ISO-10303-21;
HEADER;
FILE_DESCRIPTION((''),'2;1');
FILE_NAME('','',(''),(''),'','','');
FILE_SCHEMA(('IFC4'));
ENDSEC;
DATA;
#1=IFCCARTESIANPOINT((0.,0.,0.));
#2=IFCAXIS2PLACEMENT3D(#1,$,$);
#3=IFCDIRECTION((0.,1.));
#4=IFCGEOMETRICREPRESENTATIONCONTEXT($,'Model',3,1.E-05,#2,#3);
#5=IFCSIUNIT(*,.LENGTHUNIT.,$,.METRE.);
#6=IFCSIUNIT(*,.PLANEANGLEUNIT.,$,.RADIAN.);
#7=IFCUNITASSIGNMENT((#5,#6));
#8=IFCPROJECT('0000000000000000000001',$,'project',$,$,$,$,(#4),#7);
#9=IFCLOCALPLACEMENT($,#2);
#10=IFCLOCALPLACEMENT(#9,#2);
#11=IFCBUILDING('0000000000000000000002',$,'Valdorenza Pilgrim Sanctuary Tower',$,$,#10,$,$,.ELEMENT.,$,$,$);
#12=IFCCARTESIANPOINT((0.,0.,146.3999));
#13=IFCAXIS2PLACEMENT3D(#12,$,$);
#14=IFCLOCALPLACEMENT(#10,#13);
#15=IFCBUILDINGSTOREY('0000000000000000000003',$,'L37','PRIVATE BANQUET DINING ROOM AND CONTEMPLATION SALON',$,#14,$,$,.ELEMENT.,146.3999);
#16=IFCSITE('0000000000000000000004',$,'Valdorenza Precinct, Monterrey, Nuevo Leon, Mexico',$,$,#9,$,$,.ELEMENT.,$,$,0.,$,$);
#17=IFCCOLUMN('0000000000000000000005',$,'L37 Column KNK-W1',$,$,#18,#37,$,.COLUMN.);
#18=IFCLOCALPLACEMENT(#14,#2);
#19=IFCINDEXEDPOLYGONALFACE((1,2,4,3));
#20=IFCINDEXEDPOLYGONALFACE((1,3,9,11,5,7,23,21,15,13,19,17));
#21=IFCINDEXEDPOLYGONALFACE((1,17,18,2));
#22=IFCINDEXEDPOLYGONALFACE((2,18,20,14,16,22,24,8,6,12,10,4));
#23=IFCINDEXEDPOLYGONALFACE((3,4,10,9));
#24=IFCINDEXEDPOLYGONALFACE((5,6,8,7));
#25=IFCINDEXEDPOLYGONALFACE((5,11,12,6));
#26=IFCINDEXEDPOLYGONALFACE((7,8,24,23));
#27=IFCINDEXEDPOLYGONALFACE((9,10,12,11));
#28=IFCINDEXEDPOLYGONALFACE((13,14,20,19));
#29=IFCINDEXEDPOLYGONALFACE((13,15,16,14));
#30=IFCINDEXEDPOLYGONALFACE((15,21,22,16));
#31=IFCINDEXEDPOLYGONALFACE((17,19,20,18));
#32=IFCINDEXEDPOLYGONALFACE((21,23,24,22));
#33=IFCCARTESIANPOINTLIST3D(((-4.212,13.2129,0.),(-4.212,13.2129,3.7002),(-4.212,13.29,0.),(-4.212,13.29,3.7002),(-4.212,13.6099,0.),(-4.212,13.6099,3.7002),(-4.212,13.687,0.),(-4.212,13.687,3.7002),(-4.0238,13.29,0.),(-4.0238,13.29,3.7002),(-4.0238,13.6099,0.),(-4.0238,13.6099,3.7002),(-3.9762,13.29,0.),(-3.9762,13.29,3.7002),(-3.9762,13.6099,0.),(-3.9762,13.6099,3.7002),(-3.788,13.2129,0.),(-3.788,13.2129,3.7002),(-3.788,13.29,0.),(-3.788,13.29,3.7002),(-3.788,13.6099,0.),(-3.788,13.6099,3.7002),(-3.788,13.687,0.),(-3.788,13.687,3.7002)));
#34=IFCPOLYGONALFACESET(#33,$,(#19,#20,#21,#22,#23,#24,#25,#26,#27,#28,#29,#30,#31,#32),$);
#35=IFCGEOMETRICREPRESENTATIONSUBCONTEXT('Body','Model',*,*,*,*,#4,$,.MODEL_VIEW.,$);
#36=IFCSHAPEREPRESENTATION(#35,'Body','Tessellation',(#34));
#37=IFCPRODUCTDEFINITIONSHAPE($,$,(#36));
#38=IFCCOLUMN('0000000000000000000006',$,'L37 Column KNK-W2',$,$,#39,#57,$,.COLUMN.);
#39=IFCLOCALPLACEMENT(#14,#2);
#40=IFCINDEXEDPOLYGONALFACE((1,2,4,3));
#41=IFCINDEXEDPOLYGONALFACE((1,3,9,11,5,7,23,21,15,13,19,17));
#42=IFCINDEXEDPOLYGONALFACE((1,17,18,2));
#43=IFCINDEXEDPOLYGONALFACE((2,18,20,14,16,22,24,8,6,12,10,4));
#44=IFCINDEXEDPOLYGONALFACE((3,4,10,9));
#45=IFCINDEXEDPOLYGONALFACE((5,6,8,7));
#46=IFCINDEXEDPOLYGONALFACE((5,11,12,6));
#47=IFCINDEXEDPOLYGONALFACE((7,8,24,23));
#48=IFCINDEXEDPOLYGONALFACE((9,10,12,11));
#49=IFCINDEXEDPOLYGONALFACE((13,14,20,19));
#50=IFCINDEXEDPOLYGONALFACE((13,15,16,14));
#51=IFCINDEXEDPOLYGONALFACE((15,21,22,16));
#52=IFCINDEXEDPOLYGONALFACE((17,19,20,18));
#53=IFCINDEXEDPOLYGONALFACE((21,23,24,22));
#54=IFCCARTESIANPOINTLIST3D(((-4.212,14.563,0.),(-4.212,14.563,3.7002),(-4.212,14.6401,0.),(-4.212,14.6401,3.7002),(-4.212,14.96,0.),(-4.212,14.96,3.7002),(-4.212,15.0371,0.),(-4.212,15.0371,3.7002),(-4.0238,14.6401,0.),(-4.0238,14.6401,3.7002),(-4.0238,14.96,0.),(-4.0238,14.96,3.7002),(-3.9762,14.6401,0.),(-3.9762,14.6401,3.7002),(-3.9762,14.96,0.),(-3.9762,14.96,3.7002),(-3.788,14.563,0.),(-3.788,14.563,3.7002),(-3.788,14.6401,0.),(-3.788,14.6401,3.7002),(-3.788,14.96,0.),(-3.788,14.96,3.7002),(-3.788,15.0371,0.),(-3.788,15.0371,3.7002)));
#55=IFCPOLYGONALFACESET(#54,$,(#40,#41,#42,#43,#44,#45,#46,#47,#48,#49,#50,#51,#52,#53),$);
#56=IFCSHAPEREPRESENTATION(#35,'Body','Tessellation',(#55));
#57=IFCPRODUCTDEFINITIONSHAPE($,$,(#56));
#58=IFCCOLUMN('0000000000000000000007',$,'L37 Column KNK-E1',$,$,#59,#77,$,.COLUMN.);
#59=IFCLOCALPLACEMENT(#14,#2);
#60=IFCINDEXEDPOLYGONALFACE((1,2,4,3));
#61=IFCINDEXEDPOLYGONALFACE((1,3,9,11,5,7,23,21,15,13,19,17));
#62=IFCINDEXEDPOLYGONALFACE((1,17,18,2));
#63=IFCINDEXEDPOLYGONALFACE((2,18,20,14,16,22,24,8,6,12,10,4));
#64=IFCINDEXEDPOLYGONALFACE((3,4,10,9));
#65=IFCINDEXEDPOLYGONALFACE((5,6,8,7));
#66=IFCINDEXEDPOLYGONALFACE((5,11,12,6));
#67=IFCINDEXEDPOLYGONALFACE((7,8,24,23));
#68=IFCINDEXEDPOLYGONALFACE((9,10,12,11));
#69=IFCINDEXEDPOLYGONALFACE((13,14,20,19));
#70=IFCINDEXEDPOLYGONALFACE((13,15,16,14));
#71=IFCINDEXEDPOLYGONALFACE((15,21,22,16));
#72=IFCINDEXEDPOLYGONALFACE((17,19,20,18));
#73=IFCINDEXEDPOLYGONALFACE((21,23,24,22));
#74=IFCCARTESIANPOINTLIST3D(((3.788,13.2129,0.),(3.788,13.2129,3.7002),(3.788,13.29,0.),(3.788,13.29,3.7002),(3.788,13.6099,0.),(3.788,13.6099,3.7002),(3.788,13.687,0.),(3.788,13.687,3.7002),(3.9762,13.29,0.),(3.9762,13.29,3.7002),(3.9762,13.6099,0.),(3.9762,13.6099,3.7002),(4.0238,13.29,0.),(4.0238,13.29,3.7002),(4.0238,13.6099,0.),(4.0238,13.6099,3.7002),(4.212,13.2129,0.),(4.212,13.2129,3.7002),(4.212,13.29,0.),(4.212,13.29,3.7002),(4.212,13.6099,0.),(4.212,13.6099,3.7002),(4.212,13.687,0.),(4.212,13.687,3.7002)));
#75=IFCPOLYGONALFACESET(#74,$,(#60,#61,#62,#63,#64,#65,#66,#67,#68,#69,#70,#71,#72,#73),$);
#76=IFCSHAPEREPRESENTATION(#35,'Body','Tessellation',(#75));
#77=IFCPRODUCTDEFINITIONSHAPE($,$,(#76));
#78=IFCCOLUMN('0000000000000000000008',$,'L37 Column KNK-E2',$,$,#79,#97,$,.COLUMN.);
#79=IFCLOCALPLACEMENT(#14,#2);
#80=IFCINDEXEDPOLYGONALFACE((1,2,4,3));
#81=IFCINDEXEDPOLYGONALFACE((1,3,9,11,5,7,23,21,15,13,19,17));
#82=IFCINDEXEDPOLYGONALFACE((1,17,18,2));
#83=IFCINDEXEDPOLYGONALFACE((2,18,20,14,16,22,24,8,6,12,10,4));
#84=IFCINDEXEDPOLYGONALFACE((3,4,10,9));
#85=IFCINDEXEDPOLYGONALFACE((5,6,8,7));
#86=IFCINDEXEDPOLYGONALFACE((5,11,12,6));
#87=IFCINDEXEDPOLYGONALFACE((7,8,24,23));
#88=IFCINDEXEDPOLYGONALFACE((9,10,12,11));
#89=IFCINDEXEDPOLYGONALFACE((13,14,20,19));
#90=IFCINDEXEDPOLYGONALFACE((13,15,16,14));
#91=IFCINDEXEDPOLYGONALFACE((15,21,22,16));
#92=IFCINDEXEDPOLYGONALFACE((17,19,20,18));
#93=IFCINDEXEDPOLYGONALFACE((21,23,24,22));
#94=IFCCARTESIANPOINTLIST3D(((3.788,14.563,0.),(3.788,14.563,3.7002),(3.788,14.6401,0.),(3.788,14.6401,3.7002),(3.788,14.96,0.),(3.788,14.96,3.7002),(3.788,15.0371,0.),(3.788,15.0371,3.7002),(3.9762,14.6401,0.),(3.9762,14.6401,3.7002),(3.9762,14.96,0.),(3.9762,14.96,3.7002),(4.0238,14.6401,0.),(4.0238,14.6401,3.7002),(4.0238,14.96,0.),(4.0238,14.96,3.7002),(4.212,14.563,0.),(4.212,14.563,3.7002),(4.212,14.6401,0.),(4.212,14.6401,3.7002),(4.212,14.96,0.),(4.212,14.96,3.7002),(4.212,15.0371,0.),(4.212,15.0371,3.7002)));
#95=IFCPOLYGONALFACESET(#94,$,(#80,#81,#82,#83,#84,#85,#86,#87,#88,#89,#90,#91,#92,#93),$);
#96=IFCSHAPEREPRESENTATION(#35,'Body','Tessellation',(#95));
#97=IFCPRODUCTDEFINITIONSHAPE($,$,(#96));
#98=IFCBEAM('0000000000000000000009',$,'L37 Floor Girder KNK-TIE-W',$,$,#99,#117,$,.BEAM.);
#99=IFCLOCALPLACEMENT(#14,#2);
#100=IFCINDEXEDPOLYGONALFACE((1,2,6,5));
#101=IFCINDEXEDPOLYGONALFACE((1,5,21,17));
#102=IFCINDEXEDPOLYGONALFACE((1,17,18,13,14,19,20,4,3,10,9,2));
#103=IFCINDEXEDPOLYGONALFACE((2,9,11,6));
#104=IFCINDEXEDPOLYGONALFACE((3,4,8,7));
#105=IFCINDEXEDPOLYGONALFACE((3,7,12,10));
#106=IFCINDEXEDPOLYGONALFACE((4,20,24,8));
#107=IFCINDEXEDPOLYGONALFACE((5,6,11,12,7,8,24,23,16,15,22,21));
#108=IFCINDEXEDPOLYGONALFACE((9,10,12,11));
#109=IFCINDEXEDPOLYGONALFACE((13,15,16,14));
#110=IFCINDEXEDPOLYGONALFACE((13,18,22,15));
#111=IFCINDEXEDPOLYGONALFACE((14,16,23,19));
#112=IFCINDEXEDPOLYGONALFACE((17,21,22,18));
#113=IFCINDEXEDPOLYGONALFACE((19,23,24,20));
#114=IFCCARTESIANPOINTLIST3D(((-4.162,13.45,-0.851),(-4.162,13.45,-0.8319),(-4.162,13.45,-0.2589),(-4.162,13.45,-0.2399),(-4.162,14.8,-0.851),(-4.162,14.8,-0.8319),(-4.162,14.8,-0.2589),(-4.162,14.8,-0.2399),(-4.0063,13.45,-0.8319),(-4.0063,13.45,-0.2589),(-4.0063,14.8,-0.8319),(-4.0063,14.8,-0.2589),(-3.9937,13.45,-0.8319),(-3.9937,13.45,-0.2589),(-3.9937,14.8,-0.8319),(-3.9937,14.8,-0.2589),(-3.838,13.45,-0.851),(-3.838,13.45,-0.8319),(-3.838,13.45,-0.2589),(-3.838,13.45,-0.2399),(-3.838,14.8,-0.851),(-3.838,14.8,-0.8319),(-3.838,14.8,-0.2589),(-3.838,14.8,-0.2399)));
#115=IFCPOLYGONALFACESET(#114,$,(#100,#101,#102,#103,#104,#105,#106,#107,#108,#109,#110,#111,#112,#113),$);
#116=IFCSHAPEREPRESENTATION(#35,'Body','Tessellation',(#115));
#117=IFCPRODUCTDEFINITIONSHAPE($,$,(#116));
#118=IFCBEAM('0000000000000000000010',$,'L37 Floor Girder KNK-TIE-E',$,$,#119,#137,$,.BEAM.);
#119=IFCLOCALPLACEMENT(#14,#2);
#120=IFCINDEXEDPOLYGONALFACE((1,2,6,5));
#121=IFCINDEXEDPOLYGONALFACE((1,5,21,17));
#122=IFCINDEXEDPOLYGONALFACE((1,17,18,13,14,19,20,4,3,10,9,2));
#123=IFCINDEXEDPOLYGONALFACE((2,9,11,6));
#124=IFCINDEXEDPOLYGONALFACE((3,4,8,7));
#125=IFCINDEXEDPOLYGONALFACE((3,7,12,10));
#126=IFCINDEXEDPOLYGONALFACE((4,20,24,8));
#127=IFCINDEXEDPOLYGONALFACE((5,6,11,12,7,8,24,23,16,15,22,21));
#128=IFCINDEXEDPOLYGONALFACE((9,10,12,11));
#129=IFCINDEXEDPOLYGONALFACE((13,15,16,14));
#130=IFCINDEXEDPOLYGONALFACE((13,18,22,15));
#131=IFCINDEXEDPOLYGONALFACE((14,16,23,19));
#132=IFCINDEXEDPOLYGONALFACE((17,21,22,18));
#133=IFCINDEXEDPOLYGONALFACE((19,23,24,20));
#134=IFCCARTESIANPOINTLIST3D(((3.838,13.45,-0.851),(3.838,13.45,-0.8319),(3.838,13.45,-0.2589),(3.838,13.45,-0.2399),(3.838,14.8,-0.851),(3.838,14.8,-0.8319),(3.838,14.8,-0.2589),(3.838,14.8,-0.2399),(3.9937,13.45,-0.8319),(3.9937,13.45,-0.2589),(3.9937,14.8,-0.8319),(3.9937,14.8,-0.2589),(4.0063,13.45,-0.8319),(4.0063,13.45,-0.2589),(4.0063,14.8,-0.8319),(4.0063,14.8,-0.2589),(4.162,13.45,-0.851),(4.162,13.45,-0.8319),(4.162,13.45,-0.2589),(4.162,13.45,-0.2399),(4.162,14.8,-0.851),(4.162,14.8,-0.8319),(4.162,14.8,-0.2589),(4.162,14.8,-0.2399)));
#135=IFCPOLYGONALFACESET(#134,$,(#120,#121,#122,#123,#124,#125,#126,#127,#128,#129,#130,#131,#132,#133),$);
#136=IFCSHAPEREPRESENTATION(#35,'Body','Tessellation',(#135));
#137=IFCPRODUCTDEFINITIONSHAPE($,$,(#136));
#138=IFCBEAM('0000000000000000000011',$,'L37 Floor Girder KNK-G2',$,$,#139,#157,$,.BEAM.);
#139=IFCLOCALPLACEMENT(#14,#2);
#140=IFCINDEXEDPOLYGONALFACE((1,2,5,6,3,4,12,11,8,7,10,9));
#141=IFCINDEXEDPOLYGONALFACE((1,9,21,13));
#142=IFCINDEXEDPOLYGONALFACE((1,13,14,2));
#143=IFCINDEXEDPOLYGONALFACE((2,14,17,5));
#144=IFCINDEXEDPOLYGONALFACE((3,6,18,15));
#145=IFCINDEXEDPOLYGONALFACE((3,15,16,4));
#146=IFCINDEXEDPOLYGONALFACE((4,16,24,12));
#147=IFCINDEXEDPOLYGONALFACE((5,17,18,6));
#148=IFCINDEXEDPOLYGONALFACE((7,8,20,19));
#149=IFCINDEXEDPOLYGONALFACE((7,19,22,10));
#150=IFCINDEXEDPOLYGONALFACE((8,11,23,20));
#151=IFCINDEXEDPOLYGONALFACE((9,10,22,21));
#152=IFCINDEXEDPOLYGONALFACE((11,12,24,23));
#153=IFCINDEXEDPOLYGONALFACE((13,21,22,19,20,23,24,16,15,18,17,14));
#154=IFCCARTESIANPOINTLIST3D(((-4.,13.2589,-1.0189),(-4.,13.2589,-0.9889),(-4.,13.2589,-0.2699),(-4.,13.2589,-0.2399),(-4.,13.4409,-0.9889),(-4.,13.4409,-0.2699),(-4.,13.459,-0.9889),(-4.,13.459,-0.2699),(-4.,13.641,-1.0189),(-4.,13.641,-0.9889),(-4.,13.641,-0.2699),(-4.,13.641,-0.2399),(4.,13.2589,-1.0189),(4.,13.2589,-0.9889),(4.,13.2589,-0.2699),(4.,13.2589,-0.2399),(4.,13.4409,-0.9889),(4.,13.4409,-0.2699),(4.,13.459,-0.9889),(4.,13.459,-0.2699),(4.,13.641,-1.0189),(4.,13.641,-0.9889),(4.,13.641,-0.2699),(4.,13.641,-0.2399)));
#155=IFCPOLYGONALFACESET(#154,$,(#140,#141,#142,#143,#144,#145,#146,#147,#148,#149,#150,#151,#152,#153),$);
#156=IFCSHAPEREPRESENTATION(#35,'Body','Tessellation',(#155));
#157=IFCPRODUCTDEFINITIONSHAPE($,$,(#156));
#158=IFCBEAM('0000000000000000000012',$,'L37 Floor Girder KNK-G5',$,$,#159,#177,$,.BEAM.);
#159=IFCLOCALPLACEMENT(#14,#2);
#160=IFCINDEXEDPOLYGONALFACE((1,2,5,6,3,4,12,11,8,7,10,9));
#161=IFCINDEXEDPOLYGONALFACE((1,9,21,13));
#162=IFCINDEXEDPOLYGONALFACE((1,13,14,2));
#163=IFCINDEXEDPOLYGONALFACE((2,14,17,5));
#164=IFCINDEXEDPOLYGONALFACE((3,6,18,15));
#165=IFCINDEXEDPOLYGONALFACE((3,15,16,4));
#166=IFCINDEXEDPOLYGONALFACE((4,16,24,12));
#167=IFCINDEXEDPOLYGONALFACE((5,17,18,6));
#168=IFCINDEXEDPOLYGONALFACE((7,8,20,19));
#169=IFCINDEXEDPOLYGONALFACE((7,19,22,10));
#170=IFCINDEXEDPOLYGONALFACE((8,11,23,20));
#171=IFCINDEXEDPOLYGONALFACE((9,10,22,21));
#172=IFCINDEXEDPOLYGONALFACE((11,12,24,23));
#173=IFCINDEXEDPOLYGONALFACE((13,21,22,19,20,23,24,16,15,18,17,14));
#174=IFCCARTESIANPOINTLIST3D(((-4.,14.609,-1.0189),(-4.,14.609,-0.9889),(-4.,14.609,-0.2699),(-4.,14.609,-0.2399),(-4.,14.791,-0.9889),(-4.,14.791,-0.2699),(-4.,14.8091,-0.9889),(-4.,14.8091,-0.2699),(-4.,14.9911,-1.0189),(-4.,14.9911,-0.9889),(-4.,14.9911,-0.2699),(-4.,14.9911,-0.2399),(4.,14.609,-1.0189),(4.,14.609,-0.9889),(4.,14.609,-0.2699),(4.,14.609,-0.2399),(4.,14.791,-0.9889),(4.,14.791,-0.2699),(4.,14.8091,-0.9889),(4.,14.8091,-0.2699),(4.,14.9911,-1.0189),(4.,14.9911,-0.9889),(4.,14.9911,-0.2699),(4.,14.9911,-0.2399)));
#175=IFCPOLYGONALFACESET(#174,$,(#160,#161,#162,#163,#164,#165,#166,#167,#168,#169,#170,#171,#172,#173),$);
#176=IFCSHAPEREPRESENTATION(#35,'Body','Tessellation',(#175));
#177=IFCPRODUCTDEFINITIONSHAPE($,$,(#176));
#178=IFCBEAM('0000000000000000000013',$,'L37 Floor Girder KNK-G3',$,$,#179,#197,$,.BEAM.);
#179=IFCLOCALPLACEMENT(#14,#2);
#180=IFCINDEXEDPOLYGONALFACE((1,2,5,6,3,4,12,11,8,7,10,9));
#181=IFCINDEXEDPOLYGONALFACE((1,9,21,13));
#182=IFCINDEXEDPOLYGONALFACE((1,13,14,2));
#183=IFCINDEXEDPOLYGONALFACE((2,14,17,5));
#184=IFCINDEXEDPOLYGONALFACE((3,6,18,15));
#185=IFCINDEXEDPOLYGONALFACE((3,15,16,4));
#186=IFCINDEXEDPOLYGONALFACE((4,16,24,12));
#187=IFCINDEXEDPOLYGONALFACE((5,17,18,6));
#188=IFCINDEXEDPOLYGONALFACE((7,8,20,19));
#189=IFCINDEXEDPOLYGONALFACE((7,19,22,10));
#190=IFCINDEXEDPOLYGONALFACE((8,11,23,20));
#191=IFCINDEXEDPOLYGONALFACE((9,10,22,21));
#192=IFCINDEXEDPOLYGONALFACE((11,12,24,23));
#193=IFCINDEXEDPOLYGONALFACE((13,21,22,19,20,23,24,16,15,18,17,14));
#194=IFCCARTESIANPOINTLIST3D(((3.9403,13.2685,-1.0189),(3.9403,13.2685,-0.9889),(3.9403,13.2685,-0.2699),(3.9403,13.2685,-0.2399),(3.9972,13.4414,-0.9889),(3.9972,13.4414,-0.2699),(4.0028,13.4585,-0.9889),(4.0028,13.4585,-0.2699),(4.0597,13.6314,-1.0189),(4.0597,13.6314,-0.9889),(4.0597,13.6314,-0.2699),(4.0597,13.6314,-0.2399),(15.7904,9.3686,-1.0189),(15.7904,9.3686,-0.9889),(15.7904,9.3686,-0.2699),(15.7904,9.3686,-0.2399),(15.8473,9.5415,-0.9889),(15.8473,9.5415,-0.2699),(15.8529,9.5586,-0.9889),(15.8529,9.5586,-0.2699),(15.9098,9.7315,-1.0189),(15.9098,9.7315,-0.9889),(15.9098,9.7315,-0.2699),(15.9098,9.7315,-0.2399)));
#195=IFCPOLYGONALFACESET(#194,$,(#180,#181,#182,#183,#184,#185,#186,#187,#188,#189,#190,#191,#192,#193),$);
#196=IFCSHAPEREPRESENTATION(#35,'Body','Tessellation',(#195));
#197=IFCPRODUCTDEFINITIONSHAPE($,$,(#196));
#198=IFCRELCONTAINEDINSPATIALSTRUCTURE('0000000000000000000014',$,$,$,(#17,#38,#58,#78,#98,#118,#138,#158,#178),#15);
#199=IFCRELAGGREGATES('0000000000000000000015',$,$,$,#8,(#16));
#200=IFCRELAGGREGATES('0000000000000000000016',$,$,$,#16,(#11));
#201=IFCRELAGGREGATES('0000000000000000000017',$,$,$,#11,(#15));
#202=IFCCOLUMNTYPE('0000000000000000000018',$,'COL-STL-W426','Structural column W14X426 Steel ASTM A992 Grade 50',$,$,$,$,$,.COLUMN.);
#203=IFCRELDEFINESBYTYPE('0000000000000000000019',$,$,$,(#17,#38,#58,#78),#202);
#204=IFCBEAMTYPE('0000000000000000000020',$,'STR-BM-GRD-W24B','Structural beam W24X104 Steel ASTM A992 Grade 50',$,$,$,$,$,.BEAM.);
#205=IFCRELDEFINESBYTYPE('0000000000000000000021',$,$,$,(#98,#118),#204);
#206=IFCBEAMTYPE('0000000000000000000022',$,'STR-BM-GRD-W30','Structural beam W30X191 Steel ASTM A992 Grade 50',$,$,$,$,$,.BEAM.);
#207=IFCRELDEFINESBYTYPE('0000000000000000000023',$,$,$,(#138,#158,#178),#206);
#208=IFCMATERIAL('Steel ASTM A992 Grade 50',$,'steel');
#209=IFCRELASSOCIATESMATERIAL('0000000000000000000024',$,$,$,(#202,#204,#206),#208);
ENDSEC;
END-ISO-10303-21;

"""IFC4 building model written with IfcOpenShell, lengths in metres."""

from ifc_helpers import new_model, si_unit, direction, frame, origin, origin_2d, place, context, subcontext, project, spatial, i_section, extrude, source, transform, mapped, material, material_profile, profile_set, type_object, element, save


model = new_model("IFC4")

# Units and contexts
model_context = context("Model", 3, precision=1e-05, world=origin(), true_north=direction((0.0, 1.0)))
body_context = subcontext(model_context, "Body", "Model", "MODEL_VIEW")
ifc_project = project(units=[si_unit("LENGTHUNIT", "METRE"), si_unit("PLANEANGLEUNIT", "RADIAN")], contexts=[model_context])

# Site, building, storey
site_placement = place(None, origin())
site = spatial("IfcSite", under=ifc_project, at=site_placement, Name="Valdorenza Precinct, Monterrey, Nuevo Leon, Mexico", CompositionType="ELEMENT", RefElevation=0.0)
building_placement = place(site_placement, origin())
building = spatial("IfcBuilding", under=site, at=building_placement, Name="Valdorenza Pilgrim Sanctuary Tower", CompositionType="ELEMENT")
storey_placement = place(building_placement, frame((0.0, 0.0, 146.3999)))
storey = spatial("IfcBuildingStorey", under=building, at=storey_placement, Name="L37", Description="PRIVATE BANQUET DINING ROOM AND CONTEMPLATION SALON", CompositionType="ELEMENT", Elevation=146.3999)

# Columns
ifc_material_1 = material(Name="Steel ASTM A992 Grade 50", Category="steel")
ifc_material_profile_1 = material_profile(ifc_material_1, i_section(OverallWidth=0.4241, OverallDepth=0.4741, WebThickness=0.0476, FlangeThickness=0.0771, at=origin_2d()), Name="W14X426")
ifc_profile_set_1 = profile_set([ifc_material_profile_1], Name="Steel ASTM A992 Grade 50")
column_type = type_object("IfcColumnType", Name="COL-STL-W426", Description="Structural column W14X426 Steel ASTM A992 Grade 50", PredefinedType="COLUMN", material=ifc_profile_set_1)
shared_shape_1 = source(origin(), body_context, "Body", "SweptSolid", [
    extrude(i_section(OverallWidth=0.4241, OverallDepth=0.4741, WebThickness=0.0476, FlangeThickness=0.0771, at=origin_2d()), origin(), (0.0, 0.0, 1.0), 3.7002),
])
for number, where, z_axis, x_axis, name in (
    (1, (-4.0, 13.45, 0.0), (0.0, 0.0, 1.0), (1.0, 0.0, 0.0), "L37 Column KNK-W1"),
    (2, (-4.0, 14.8, 0.0), (0.0, 0.0, 1.0), (1.0, 0.0, 0.0), "L37 Column KNK-W2"),
    (3, (4.0, 13.45, 0.0), (0.0, 0.0, 1.0), (1.0, 0.0, 0.0), "L37 Column KNK-E1"),
    (4, (4.0, 14.8, 0.0), (0.0, 0.0, 1.0), (1.0, 0.0, 0.0), "L37 Column KNK-E2"),
):
    element("IfcColumn", number, at=place(storey_placement, frame(where, z_axis=z_axis, x_axis=x_axis)), inside=storey, type_object=column_type, Name=name, PredefinedType="COLUMN", context=body_context, shape_type="MappedRepresentation", body=[
        mapped(shared_shape_1, transform((0.0, 0.0, 0.0), x_axis=(1.0, 0.0, 0.0), y_axis=(0.0, 1.0, 0.0), z_axis=(0.0, 0.0, 1.0), scale=1.0)),
    ])

# Beams
ifc_material_profile_2 = material_profile(ifc_material_1, i_section(OverallWidth=0.324, OverallDepth=0.6111, WebThickness=0.0127, FlangeThickness=0.019, at=origin_2d()), Name="W24X104")
ifc_profile_set_2 = profile_set([ifc_material_profile_2], Name="Steel ASTM A992 Grade 50")
beam_type_1 = type_object("IfcBeamType", Name="STR-BM-GRD-W24B", Description="Structural beam W24X104 Steel ASTM A992 Grade 50", PredefinedType="BEAM", material=ifc_profile_set_2)
shared_shape_2 = source(origin(), body_context, "Body", "SweptSolid", [
    extrude(i_section(OverallWidth=0.324, OverallDepth=0.6111, WebThickness=0.0127, FlangeThickness=0.019, at=origin_2d()), origin(), (0.0, 0.0, 1.0), 1.3501),
])
for number, where, z_axis, x_axis, name in (
    (5, (-4.0, 13.45, -0.5454), (0.0, 1.0, 0.0), (-1.0, 0.0, 0.0), "L37 Floor Girder KNK-TIE-W"),
    (6, (4.0, 13.45, -0.5454), (0.0, 1.0, 0.0), (-1.0, 0.0, 0.0), "L37 Floor Girder KNK-TIE-E"),
):
    element("IfcBeam", number, at=place(storey_placement, frame(where, z_axis=z_axis, x_axis=x_axis)), inside=storey, type_object=beam_type_1, Name=name, PredefinedType="BEAM", context=body_context, shape_type="MappedRepresentation", body=[
        mapped(shared_shape_2, transform((0.0, 0.0, 0.0), x_axis=(1.0, 0.0, 0.0), y_axis=(0.0, 1.0, 0.0), z_axis=(0.0, 0.0, 1.0), scale=1.0)),
    ])
ifc_material_profile_3 = material_profile(ifc_material_1, i_section(OverallWidth=0.3821, OverallDepth=0.7791, WebThickness=0.0181, FlangeThickness=0.03, at=origin_2d()), Name="W30X191")
ifc_profile_set_3 = profile_set([ifc_material_profile_3], Name="Steel ASTM A992 Grade 50")
beam_type_2 = type_object("IfcBeamType", Name="STR-BM-GRD-W30", Description="Structural beam W30X191 Steel ASTM A992 Grade 50", PredefinedType="BEAM", material=ifc_profile_set_3)
shared_shape_3 = source(origin(), body_context, "Body", "SweptSolid", [
    extrude(i_section(OverallWidth=0.3821, OverallDepth=0.7791, WebThickness=0.0181, FlangeThickness=0.03, at=origin_2d()), origin(), (0.0, 0.0, 1.0), 8.0),
])
for number, where, z_axis, x_axis, name in (
    (7, (-4.0, 13.45, -0.6294), (1.0, 0.0, 0.0), (0.0, 1.0, 0.0), "L37 Floor Girder KNK-G2"),
    (8, (-4.0, 14.8, -0.6294), (1.0, 0.0, 0.0), (0.0, 1.0, 0.0), "L37 Floor Girder KNK-G5"),
):
    element("IfcBeam", number, at=place(storey_placement, frame(where, z_axis=z_axis, x_axis=x_axis)), inside=storey, type_object=beam_type_2, Name=name, PredefinedType="BEAM", context=body_context, shape_type="MappedRepresentation", body=[
        mapped(shared_shape_3, transform((0.0, 0.0, 0.0), x_axis=(1.0, 0.0, 0.0), y_axis=(0.0, 1.0, 0.0), z_axis=(0.0, 0.0, 1.0), scale=1.0)),
    ])
shared_shape_4 = source(origin(), body_context, "Body", "SweptSolid", [
    extrude(i_section(OverallWidth=0.3821, OverallDepth=0.7791, WebThickness=0.0181, FlangeThickness=0.03, at=origin_2d()), origin(), (0.0, 0.0, 1.0), 12.4753),
])
beam_1_placement = place(storey_placement, frame((4.0, 13.45, -0.6294), z_axis=(0.949882, -0.312609, 0.0), x_axis=(0.312609, 0.949882, 0.0)))
element("IfcBeam", 9, at=beam_1_placement, inside=storey, type_object=beam_type_2, Name="L37 Floor Girder KNK-G3", PredefinedType="BEAM", context=body_context, shape_type="MappedRepresentation", body=[
    mapped(shared_shape_4, transform((0.0, 0.0, 0.0), x_axis=(1.0, 0.0, 0.0), y_axis=(0.0, 1.0, 0.0), z_axis=(0.0, 0.0, 1.0), scale=1.0)),
])

save(model, "model.ifc")
